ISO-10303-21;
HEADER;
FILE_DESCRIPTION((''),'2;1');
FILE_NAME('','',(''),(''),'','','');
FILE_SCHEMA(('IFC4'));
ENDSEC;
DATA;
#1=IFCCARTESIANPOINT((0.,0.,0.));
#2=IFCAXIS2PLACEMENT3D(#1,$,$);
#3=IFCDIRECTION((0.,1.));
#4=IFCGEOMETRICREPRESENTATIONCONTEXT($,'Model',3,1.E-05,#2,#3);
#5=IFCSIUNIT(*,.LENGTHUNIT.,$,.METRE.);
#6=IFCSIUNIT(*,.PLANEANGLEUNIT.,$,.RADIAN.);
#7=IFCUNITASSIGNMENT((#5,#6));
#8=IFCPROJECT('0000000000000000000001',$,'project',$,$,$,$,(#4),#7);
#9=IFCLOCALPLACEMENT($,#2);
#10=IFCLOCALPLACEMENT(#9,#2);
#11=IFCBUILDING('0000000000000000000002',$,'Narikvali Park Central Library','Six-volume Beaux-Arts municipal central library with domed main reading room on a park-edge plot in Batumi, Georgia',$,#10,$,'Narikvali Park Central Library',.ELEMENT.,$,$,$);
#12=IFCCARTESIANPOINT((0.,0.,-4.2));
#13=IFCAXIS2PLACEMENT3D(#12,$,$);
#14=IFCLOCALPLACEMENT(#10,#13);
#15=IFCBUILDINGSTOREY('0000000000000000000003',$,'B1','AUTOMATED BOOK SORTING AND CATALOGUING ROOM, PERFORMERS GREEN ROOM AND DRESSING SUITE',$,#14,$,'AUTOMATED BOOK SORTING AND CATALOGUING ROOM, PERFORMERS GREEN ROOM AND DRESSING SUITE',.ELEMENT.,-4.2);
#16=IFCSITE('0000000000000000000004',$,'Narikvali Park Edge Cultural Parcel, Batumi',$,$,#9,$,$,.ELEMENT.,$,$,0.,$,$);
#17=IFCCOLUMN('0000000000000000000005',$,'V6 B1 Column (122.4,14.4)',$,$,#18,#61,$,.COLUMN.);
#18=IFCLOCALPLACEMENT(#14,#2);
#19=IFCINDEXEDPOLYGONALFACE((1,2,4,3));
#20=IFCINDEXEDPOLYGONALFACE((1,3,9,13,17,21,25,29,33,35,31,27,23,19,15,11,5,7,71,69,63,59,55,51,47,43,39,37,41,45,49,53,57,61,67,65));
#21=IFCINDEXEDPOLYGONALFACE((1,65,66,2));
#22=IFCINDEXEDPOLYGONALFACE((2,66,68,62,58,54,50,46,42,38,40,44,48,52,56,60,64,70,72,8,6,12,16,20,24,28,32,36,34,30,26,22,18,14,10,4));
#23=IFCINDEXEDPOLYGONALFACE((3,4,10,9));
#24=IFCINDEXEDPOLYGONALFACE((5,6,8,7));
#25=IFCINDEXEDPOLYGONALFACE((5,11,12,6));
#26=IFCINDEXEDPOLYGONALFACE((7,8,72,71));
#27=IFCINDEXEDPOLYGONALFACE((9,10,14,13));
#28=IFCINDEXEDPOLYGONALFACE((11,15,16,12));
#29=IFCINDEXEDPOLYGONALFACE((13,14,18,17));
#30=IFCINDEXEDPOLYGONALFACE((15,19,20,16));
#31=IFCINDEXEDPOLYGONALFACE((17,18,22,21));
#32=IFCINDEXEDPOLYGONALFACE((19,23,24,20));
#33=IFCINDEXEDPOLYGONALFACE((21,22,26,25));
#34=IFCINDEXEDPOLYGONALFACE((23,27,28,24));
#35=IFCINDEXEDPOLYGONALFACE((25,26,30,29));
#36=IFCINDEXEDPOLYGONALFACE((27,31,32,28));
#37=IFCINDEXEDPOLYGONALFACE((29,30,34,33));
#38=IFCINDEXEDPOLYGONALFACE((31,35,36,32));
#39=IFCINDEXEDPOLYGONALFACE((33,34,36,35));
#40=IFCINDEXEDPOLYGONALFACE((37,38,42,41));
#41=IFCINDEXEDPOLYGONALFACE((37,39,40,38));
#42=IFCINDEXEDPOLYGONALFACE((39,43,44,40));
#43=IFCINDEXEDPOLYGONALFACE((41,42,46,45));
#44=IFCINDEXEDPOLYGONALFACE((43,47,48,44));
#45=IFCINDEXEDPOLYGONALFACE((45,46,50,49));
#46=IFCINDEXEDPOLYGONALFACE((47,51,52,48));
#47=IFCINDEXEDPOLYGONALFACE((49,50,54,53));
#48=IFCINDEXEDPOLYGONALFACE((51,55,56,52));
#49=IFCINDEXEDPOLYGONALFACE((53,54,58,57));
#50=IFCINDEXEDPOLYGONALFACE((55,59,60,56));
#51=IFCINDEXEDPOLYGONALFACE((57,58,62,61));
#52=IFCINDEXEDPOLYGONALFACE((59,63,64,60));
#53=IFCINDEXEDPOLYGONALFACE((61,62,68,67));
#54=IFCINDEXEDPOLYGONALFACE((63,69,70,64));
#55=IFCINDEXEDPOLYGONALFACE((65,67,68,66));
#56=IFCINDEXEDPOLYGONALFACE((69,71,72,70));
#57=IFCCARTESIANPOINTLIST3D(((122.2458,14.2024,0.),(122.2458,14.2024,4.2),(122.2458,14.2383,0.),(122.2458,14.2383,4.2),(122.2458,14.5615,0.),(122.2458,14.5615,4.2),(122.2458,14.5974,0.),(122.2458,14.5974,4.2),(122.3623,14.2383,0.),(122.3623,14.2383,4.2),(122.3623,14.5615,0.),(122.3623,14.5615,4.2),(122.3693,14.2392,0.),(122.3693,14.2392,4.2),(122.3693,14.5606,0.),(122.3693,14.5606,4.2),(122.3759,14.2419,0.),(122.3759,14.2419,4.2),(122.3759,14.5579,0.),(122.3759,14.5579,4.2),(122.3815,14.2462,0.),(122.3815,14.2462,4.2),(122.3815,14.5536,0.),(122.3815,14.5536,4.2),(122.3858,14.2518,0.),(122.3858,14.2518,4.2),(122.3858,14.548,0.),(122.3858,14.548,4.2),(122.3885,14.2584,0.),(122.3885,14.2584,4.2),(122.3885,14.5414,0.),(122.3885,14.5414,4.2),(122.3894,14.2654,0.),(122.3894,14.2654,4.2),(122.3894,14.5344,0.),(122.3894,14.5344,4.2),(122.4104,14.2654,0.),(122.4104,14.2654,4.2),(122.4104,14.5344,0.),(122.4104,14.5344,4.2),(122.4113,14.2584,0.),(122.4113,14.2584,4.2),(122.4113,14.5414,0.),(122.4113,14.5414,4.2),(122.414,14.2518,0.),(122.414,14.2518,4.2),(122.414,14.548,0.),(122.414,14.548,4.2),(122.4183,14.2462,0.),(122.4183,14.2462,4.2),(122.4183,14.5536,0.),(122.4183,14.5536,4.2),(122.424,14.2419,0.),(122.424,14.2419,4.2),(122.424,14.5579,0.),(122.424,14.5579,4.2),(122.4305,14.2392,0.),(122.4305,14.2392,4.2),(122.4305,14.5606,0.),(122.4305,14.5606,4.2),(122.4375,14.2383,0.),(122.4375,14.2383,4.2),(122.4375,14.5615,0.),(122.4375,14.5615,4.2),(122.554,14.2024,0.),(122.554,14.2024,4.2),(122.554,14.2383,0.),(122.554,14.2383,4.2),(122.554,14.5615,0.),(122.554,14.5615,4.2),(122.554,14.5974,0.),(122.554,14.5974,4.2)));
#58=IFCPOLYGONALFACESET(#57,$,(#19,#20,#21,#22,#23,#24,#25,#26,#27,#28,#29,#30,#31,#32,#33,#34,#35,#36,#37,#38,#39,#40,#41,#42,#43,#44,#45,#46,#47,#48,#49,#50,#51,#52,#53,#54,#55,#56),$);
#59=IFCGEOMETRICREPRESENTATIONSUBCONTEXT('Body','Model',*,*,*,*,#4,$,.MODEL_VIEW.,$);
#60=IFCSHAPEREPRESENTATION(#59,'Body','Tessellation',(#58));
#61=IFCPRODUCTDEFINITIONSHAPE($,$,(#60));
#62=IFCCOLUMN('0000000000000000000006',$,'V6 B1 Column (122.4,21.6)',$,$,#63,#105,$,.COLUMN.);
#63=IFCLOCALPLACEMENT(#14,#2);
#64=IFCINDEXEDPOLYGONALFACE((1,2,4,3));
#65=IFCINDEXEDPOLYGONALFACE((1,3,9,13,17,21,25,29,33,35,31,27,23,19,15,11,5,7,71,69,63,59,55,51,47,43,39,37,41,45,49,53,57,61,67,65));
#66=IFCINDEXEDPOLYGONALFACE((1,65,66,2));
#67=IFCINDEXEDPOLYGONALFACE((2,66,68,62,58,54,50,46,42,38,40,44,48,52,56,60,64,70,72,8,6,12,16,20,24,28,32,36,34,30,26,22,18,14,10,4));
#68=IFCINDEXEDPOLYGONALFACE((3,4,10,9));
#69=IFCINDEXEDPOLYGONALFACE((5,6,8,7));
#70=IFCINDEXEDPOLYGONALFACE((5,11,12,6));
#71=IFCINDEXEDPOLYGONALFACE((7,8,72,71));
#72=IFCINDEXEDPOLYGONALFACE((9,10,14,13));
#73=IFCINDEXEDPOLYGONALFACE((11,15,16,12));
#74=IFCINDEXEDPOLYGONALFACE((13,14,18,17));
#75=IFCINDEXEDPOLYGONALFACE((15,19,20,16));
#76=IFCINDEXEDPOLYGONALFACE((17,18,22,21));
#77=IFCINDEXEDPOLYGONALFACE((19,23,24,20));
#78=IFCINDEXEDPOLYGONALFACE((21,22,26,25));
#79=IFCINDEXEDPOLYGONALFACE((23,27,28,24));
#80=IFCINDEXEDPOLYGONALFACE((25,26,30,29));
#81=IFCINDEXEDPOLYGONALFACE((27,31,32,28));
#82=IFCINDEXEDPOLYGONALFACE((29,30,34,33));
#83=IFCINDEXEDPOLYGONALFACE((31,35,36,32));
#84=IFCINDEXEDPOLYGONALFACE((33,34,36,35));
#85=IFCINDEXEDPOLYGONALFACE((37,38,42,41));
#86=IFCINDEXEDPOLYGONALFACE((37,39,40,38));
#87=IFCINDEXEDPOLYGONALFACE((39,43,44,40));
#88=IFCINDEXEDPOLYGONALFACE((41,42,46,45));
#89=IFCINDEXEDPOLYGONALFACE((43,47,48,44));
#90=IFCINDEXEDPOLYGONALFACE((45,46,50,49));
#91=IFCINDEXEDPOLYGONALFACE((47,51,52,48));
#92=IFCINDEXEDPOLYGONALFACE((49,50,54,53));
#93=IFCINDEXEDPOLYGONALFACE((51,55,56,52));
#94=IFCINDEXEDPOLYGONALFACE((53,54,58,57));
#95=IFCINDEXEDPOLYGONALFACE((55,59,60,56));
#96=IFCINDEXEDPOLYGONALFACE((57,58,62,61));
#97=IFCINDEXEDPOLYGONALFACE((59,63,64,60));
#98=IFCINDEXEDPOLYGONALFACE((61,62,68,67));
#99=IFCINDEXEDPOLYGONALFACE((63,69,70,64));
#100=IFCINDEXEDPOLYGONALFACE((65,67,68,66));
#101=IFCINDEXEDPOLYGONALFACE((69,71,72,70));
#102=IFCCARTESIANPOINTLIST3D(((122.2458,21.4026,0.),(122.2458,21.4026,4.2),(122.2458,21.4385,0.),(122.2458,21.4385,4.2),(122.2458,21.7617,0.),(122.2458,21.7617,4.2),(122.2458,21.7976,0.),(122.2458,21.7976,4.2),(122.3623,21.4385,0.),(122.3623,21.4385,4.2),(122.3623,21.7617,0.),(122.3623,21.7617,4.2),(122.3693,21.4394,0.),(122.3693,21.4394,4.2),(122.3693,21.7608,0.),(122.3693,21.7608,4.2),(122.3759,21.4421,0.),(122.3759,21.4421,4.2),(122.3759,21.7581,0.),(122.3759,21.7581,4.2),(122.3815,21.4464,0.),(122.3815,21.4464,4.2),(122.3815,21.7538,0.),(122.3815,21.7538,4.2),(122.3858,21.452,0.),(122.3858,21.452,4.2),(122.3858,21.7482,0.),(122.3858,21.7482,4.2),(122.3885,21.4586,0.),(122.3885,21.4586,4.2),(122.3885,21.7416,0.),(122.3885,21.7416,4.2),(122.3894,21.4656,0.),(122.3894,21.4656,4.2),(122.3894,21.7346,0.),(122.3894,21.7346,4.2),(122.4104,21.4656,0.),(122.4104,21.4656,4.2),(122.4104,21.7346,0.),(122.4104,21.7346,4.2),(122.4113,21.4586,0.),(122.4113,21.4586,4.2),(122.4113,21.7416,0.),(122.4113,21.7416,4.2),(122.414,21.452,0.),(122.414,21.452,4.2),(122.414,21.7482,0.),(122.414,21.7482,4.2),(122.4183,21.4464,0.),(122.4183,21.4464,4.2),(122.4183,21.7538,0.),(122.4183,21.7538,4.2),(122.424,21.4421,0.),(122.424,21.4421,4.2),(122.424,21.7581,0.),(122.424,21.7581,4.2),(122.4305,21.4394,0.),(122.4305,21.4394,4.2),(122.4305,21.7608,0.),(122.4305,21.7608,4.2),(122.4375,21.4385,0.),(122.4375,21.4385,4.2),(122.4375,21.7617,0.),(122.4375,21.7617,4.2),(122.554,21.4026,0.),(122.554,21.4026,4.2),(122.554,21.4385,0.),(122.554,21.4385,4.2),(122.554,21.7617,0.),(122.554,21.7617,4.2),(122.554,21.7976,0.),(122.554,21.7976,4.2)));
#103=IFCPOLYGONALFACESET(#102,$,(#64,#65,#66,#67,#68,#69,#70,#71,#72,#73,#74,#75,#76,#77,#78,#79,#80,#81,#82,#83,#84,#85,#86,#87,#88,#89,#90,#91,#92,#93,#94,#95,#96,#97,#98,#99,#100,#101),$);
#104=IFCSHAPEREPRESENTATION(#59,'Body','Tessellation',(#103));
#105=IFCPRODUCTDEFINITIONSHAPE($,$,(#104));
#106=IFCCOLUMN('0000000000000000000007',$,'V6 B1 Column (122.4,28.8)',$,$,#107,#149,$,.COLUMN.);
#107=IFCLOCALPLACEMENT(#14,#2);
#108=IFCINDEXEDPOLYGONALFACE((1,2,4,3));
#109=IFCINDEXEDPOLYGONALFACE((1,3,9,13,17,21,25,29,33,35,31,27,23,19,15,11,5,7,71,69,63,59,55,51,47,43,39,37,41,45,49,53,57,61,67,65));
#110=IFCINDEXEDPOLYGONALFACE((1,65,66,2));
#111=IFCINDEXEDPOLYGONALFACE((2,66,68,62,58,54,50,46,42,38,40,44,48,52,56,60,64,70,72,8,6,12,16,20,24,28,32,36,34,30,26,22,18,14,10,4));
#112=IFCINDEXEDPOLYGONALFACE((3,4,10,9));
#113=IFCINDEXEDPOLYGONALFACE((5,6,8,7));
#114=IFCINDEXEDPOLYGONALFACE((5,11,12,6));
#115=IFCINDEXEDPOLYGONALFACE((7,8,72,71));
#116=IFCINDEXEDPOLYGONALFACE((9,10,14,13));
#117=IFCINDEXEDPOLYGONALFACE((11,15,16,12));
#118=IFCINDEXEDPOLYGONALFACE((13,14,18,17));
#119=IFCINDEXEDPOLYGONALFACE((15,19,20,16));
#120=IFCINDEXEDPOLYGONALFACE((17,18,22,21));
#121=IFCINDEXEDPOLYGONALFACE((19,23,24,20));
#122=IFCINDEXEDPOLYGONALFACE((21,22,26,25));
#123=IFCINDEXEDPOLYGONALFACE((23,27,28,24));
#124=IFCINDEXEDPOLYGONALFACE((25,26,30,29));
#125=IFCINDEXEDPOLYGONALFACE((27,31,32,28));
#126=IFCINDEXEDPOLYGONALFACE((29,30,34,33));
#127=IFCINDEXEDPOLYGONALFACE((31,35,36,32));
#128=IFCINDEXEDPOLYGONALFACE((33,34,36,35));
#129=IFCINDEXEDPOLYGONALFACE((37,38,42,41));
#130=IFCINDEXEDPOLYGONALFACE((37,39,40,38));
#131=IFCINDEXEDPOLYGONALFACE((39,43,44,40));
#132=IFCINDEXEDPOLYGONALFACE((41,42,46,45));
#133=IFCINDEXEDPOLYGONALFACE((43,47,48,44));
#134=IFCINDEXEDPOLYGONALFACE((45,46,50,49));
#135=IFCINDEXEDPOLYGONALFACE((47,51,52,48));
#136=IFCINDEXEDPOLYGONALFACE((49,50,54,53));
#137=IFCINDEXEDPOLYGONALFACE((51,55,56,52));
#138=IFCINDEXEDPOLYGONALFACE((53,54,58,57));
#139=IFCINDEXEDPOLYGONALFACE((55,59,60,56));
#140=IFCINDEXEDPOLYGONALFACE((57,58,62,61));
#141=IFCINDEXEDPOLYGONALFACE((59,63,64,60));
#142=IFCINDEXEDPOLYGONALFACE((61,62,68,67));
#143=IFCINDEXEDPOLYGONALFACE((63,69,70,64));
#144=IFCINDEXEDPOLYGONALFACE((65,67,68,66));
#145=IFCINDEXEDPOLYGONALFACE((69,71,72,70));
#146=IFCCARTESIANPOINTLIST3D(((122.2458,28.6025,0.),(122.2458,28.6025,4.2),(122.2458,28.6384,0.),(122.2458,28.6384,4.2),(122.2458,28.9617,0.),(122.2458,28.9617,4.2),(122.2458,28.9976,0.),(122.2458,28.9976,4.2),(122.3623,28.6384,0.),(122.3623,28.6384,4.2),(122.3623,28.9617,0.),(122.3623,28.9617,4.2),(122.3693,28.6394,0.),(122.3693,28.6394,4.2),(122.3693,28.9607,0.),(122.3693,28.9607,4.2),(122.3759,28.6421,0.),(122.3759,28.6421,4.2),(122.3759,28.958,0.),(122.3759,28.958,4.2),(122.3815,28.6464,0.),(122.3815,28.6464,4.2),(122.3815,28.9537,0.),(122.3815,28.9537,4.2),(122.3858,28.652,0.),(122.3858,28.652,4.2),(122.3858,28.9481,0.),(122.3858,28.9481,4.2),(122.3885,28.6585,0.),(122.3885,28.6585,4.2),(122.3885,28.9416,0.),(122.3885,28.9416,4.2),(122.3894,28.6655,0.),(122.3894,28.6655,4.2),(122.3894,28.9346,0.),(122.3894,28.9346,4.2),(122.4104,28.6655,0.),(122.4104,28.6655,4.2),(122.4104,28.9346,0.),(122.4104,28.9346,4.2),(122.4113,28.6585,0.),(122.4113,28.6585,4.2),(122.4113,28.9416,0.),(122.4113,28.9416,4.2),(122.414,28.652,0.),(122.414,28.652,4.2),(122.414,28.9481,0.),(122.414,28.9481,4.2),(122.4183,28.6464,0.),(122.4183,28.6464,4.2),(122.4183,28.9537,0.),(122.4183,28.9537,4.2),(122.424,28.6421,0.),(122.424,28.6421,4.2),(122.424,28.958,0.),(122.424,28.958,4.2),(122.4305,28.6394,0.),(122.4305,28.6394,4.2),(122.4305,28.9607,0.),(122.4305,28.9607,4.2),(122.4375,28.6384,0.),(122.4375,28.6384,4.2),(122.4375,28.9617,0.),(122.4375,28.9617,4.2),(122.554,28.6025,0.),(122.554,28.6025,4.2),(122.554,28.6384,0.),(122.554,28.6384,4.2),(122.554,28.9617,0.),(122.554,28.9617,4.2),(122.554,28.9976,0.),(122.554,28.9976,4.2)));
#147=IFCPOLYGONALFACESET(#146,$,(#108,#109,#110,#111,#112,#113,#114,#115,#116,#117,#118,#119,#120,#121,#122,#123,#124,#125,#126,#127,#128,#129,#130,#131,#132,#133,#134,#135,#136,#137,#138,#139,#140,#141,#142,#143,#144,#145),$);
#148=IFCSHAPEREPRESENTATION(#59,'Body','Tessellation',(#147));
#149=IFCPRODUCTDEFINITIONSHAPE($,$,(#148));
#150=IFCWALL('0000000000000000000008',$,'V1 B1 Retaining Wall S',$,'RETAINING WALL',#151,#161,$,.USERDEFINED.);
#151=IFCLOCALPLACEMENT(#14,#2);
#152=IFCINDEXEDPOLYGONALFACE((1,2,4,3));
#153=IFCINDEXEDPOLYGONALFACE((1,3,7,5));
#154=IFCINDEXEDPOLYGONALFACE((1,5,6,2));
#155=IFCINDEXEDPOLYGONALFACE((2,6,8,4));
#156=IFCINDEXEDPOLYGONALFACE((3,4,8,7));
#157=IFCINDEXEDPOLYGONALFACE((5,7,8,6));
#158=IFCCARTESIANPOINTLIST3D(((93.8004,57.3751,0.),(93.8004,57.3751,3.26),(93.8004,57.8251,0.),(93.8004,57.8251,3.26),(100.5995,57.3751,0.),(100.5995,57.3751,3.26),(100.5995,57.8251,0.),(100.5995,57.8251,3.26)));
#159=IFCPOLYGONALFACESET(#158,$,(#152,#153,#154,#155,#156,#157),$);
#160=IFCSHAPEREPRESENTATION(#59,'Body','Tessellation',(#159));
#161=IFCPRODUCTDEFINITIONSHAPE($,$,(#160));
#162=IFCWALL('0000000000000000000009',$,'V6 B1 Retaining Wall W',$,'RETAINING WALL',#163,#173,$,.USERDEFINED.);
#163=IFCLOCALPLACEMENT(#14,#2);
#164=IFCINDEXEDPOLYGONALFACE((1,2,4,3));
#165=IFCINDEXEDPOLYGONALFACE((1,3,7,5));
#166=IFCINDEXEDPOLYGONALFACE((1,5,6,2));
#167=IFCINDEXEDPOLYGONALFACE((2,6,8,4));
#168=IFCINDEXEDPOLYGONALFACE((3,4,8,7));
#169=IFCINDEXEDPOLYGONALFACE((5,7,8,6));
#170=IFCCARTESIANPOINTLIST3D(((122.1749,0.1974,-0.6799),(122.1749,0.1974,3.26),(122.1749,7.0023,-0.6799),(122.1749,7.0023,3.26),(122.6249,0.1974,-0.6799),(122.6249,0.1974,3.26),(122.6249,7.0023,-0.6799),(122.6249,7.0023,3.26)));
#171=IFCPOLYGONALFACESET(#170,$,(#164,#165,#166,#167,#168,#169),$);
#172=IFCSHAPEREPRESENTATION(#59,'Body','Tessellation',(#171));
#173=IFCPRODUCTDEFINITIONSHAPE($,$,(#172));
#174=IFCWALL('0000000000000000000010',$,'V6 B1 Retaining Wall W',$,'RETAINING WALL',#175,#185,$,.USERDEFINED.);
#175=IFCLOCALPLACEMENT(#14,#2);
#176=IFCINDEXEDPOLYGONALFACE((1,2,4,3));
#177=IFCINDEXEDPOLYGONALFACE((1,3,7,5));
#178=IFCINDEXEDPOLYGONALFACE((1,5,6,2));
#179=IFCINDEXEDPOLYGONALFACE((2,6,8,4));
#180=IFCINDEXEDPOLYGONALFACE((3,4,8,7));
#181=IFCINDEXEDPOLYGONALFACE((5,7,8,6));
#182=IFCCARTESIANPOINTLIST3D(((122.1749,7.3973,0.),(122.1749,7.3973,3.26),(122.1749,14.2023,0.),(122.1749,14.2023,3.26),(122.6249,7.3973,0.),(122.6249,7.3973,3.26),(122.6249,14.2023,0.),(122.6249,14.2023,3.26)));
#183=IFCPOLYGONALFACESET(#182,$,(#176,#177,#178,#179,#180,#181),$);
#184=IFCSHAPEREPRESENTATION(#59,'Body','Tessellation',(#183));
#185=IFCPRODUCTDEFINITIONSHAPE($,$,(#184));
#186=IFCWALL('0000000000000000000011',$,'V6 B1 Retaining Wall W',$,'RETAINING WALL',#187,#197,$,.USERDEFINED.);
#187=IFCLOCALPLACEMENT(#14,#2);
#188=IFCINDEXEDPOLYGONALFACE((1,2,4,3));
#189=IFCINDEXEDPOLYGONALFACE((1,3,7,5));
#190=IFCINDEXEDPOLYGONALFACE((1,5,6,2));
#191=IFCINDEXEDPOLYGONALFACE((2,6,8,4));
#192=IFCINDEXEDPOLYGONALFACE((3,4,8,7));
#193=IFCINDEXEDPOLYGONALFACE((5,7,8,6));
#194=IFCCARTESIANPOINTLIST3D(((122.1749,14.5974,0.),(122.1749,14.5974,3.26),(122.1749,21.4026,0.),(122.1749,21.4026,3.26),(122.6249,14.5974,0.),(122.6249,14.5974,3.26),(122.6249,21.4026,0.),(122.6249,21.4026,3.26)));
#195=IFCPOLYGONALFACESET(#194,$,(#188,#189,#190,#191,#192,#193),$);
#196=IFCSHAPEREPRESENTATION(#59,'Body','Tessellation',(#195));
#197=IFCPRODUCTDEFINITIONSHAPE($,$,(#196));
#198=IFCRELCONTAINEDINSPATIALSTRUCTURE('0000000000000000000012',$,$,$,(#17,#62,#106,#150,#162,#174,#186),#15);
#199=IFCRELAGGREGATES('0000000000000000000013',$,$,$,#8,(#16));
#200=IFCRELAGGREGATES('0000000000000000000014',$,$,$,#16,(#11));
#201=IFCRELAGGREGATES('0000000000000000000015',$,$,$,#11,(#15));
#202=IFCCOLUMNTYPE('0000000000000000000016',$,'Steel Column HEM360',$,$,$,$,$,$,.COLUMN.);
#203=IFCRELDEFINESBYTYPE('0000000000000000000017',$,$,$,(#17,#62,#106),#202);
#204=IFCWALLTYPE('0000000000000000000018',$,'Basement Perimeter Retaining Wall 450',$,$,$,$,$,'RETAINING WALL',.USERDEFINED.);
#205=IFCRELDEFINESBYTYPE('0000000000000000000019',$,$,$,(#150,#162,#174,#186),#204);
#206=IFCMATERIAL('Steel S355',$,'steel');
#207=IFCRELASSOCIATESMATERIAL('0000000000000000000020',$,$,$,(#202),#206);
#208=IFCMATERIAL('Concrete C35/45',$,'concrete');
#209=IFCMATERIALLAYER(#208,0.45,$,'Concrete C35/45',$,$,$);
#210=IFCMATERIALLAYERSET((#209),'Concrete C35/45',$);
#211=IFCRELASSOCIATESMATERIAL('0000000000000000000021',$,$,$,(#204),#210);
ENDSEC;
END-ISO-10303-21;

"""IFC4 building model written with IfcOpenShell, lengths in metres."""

from ifc_helpers import new_model, si_unit, direction, frame, frame_2d, origin, origin_2d, place, context, subcontext, project, spatial, rectangle, i_section, extrude, material, layer, layer_set, material_profile, profile_set, type_object, element, save


model = new_model("IFC4")

# Units and contexts
model_context = context("Model", 3, precision=1e-05, world=origin(), true_north=direction((0.0, 1.0)))
body_context = subcontext(model_context, "Body", "Model", "MODEL_VIEW")
ifc_project = project(units=[si_unit("LENGTHUNIT", "METRE"), si_unit("PLANEANGLEUNIT", "RADIAN")], contexts=[model_context])

# Site, building, storey
site_placement = place(None, origin())
site = spatial("IfcSite", under=ifc_project, at=site_placement, Name="Narikvali Park Edge Cultural Parcel, Batumi", CompositionType="ELEMENT", RefElevation=0.0)
building_placement = place(site_placement, origin())
building = spatial("IfcBuilding", under=site, at=building_placement, Name="Narikvali Park Central Library", Description="Six-volume Beaux-Arts municipal central library with domed main reading room on a park-edge plot in Batumi, Georgia", LongName="Narikvali Park Central Library", CompositionType="ELEMENT")
storey_placement = place(building_placement, frame((0.0, 0.0, -4.2)))
storey = spatial("IfcBuildingStorey", under=building, at=storey_placement, Name="B1", Description="AUTOMATED BOOK SORTING AND CATALOGUING ROOM, PERFORMERS GREEN ROOM AND DRESSING SUITE", LongName="AUTOMATED BOOK SORTING AND CATALOGUING ROOM, PERFORMERS GREEN ROOM AND DRESSING SUITE", CompositionType="ELEMENT", Elevation=-4.2)

# Shared definitions
ifc_material_1 = material(Name="Concrete C35/45", Category="concrete")

# Columns
ifc_material_2 = material(Name="Steel S355", Category="steel")
ifc_material_profile_1 = material_profile(ifc_material_2, i_section(OverallWidth=0.3081, OverallDepth=0.395, WebThickness=0.021, FlangeThickness=0.0359, FilletRadius=0.0271, at=origin_2d()), Name="HEM 360")
ifc_profile_set_1 = profile_set([ifc_material_profile_1], Name="Steel S355")
column_type_1 = type_object("IfcColumnType", Name="Steel Column HEM360", PredefinedType="COLUMN", material=ifc_profile_set_1)
for number, where, z_axis, x_axis, name in (
    (1, (122.3999, 14.3999, 0.0), (0.0, 0.0, 1.0), (1.0, 0.0, 0.0), "V6 B1 Column (122.4,14.4)"),
    (2, (122.3999, 21.6001, 0.0), (0.0, 0.0, 1.0), (1.0, 0.0, 0.0), "V6 B1 Column (122.4,21.6)"),
    (3, (122.3999, 28.8, 0.0), (0.0, 0.0, 1.0), (1.0, 0.0, 0.0), "V6 B1 Column (122.4,28.8)"),
):
    element("IfcColumn", number, at=place(storey_placement, frame(where, z_axis=z_axis, x_axis=x_axis)), inside=storey, type_object=column_type_1, Name=name, PredefinedType="COLUMN", context=body_context, shape_type="SweptSolid", body=[
        extrude(i_section(OverallWidth=0.3081, OverallDepth=0.395, WebThickness=0.021, FlangeThickness=0.0359, FilletRadius=0.0271, at=origin_2d()), origin(), (0.0, 0.0, 1.0), 4.2),
    ])

# Walls
ifc_layer_1 = layer(ifc_material_1, 0.45, Name="Concrete C35/45")
ifc_layer_set_1 = layer_set([ifc_layer_1], Name="Concrete C35/45")
wall_type = type_object("IfcWallType", Name="Basement Perimeter Retaining Wall 450", ElementType="RETAINING WALL", PredefinedType="USERDEFINED", material=ifc_layer_set_1)
wall_1_placement = place(storey_placement, frame((93.8005, 57.6001, 0.0), z_axis=(0.0, 0.0, 1.0), x_axis=(1.0, 0.0, 0.0)))
element("IfcWall", 4, at=wall_1_placement, inside=storey, type_object=wall_type, Name="V1 B1 Retaining Wall S", ObjectType="RETAINING WALL", PredefinedType="USERDEFINED", context=body_context, shape_type="SweptSolid", body=[
    extrude(rectangle(XDim=6.7991, YDim=0.45, at=frame_2d((3.3994, 0.0))), origin(), (0.0, 0.0, 1.0), 3.26),
])
wall_2_placement = place(storey_placement, frame((122.3999, 0.1975, -0.6799), z_axis=(0.0, 0.0, 1.0), x_axis=(0.0, 1.0, 0.0)))
element("IfcWall", 5, at=wall_2_placement, inside=storey, type_object=wall_type, Name="V6 B1 Retaining Wall W", ObjectType="RETAINING WALL", PredefinedType="USERDEFINED", context=body_context, shape_type="SweptSolid", body=[
    extrude(rectangle(XDim=6.8049, YDim=0.45, at=frame_2d((3.4023, 0.0))), origin(), (0.0, 0.0, 1.0), 3.9399),
])
wall_3_placement = place(storey_placement, frame((122.3999, 7.3975, 0.0), z_axis=(0.0, 0.0, 1.0), x_axis=(0.0, 1.0, 0.0)))
element("IfcWall", 6, at=wall_3_placement, inside=storey, type_object=wall_type, Name="V6 B1 Retaining Wall W", ObjectType="RETAINING WALL", PredefinedType="USERDEFINED", context=body_context, shape_type="SweptSolid", body=[
    extrude(rectangle(XDim=6.8049, YDim=0.45, at=frame_2d((3.4023, 0.0))), origin(), (0.0, 0.0, 1.0), 3.26),
])
wall_4_placement = place(storey_placement, frame((122.3999, 14.5974, 0.0), z_axis=(0.0, 0.0, 1.0), x_axis=(0.0, 1.0, 0.0)))
element("IfcWall", 7, at=wall_4_placement, inside=storey, type_object=wall_type, Name="V6 B1 Retaining Wall W", ObjectType="RETAINING WALL", PredefinedType="USERDEFINED", context=body_context, shape_type="SweptSolid", body=[
    extrude(rectangle(XDim=6.8052, YDim=0.45, at=frame_2d((3.4026, 0.0))), origin(), (0.0, 0.0, 1.0), 3.26),
])

save(model, "model.ifc")
